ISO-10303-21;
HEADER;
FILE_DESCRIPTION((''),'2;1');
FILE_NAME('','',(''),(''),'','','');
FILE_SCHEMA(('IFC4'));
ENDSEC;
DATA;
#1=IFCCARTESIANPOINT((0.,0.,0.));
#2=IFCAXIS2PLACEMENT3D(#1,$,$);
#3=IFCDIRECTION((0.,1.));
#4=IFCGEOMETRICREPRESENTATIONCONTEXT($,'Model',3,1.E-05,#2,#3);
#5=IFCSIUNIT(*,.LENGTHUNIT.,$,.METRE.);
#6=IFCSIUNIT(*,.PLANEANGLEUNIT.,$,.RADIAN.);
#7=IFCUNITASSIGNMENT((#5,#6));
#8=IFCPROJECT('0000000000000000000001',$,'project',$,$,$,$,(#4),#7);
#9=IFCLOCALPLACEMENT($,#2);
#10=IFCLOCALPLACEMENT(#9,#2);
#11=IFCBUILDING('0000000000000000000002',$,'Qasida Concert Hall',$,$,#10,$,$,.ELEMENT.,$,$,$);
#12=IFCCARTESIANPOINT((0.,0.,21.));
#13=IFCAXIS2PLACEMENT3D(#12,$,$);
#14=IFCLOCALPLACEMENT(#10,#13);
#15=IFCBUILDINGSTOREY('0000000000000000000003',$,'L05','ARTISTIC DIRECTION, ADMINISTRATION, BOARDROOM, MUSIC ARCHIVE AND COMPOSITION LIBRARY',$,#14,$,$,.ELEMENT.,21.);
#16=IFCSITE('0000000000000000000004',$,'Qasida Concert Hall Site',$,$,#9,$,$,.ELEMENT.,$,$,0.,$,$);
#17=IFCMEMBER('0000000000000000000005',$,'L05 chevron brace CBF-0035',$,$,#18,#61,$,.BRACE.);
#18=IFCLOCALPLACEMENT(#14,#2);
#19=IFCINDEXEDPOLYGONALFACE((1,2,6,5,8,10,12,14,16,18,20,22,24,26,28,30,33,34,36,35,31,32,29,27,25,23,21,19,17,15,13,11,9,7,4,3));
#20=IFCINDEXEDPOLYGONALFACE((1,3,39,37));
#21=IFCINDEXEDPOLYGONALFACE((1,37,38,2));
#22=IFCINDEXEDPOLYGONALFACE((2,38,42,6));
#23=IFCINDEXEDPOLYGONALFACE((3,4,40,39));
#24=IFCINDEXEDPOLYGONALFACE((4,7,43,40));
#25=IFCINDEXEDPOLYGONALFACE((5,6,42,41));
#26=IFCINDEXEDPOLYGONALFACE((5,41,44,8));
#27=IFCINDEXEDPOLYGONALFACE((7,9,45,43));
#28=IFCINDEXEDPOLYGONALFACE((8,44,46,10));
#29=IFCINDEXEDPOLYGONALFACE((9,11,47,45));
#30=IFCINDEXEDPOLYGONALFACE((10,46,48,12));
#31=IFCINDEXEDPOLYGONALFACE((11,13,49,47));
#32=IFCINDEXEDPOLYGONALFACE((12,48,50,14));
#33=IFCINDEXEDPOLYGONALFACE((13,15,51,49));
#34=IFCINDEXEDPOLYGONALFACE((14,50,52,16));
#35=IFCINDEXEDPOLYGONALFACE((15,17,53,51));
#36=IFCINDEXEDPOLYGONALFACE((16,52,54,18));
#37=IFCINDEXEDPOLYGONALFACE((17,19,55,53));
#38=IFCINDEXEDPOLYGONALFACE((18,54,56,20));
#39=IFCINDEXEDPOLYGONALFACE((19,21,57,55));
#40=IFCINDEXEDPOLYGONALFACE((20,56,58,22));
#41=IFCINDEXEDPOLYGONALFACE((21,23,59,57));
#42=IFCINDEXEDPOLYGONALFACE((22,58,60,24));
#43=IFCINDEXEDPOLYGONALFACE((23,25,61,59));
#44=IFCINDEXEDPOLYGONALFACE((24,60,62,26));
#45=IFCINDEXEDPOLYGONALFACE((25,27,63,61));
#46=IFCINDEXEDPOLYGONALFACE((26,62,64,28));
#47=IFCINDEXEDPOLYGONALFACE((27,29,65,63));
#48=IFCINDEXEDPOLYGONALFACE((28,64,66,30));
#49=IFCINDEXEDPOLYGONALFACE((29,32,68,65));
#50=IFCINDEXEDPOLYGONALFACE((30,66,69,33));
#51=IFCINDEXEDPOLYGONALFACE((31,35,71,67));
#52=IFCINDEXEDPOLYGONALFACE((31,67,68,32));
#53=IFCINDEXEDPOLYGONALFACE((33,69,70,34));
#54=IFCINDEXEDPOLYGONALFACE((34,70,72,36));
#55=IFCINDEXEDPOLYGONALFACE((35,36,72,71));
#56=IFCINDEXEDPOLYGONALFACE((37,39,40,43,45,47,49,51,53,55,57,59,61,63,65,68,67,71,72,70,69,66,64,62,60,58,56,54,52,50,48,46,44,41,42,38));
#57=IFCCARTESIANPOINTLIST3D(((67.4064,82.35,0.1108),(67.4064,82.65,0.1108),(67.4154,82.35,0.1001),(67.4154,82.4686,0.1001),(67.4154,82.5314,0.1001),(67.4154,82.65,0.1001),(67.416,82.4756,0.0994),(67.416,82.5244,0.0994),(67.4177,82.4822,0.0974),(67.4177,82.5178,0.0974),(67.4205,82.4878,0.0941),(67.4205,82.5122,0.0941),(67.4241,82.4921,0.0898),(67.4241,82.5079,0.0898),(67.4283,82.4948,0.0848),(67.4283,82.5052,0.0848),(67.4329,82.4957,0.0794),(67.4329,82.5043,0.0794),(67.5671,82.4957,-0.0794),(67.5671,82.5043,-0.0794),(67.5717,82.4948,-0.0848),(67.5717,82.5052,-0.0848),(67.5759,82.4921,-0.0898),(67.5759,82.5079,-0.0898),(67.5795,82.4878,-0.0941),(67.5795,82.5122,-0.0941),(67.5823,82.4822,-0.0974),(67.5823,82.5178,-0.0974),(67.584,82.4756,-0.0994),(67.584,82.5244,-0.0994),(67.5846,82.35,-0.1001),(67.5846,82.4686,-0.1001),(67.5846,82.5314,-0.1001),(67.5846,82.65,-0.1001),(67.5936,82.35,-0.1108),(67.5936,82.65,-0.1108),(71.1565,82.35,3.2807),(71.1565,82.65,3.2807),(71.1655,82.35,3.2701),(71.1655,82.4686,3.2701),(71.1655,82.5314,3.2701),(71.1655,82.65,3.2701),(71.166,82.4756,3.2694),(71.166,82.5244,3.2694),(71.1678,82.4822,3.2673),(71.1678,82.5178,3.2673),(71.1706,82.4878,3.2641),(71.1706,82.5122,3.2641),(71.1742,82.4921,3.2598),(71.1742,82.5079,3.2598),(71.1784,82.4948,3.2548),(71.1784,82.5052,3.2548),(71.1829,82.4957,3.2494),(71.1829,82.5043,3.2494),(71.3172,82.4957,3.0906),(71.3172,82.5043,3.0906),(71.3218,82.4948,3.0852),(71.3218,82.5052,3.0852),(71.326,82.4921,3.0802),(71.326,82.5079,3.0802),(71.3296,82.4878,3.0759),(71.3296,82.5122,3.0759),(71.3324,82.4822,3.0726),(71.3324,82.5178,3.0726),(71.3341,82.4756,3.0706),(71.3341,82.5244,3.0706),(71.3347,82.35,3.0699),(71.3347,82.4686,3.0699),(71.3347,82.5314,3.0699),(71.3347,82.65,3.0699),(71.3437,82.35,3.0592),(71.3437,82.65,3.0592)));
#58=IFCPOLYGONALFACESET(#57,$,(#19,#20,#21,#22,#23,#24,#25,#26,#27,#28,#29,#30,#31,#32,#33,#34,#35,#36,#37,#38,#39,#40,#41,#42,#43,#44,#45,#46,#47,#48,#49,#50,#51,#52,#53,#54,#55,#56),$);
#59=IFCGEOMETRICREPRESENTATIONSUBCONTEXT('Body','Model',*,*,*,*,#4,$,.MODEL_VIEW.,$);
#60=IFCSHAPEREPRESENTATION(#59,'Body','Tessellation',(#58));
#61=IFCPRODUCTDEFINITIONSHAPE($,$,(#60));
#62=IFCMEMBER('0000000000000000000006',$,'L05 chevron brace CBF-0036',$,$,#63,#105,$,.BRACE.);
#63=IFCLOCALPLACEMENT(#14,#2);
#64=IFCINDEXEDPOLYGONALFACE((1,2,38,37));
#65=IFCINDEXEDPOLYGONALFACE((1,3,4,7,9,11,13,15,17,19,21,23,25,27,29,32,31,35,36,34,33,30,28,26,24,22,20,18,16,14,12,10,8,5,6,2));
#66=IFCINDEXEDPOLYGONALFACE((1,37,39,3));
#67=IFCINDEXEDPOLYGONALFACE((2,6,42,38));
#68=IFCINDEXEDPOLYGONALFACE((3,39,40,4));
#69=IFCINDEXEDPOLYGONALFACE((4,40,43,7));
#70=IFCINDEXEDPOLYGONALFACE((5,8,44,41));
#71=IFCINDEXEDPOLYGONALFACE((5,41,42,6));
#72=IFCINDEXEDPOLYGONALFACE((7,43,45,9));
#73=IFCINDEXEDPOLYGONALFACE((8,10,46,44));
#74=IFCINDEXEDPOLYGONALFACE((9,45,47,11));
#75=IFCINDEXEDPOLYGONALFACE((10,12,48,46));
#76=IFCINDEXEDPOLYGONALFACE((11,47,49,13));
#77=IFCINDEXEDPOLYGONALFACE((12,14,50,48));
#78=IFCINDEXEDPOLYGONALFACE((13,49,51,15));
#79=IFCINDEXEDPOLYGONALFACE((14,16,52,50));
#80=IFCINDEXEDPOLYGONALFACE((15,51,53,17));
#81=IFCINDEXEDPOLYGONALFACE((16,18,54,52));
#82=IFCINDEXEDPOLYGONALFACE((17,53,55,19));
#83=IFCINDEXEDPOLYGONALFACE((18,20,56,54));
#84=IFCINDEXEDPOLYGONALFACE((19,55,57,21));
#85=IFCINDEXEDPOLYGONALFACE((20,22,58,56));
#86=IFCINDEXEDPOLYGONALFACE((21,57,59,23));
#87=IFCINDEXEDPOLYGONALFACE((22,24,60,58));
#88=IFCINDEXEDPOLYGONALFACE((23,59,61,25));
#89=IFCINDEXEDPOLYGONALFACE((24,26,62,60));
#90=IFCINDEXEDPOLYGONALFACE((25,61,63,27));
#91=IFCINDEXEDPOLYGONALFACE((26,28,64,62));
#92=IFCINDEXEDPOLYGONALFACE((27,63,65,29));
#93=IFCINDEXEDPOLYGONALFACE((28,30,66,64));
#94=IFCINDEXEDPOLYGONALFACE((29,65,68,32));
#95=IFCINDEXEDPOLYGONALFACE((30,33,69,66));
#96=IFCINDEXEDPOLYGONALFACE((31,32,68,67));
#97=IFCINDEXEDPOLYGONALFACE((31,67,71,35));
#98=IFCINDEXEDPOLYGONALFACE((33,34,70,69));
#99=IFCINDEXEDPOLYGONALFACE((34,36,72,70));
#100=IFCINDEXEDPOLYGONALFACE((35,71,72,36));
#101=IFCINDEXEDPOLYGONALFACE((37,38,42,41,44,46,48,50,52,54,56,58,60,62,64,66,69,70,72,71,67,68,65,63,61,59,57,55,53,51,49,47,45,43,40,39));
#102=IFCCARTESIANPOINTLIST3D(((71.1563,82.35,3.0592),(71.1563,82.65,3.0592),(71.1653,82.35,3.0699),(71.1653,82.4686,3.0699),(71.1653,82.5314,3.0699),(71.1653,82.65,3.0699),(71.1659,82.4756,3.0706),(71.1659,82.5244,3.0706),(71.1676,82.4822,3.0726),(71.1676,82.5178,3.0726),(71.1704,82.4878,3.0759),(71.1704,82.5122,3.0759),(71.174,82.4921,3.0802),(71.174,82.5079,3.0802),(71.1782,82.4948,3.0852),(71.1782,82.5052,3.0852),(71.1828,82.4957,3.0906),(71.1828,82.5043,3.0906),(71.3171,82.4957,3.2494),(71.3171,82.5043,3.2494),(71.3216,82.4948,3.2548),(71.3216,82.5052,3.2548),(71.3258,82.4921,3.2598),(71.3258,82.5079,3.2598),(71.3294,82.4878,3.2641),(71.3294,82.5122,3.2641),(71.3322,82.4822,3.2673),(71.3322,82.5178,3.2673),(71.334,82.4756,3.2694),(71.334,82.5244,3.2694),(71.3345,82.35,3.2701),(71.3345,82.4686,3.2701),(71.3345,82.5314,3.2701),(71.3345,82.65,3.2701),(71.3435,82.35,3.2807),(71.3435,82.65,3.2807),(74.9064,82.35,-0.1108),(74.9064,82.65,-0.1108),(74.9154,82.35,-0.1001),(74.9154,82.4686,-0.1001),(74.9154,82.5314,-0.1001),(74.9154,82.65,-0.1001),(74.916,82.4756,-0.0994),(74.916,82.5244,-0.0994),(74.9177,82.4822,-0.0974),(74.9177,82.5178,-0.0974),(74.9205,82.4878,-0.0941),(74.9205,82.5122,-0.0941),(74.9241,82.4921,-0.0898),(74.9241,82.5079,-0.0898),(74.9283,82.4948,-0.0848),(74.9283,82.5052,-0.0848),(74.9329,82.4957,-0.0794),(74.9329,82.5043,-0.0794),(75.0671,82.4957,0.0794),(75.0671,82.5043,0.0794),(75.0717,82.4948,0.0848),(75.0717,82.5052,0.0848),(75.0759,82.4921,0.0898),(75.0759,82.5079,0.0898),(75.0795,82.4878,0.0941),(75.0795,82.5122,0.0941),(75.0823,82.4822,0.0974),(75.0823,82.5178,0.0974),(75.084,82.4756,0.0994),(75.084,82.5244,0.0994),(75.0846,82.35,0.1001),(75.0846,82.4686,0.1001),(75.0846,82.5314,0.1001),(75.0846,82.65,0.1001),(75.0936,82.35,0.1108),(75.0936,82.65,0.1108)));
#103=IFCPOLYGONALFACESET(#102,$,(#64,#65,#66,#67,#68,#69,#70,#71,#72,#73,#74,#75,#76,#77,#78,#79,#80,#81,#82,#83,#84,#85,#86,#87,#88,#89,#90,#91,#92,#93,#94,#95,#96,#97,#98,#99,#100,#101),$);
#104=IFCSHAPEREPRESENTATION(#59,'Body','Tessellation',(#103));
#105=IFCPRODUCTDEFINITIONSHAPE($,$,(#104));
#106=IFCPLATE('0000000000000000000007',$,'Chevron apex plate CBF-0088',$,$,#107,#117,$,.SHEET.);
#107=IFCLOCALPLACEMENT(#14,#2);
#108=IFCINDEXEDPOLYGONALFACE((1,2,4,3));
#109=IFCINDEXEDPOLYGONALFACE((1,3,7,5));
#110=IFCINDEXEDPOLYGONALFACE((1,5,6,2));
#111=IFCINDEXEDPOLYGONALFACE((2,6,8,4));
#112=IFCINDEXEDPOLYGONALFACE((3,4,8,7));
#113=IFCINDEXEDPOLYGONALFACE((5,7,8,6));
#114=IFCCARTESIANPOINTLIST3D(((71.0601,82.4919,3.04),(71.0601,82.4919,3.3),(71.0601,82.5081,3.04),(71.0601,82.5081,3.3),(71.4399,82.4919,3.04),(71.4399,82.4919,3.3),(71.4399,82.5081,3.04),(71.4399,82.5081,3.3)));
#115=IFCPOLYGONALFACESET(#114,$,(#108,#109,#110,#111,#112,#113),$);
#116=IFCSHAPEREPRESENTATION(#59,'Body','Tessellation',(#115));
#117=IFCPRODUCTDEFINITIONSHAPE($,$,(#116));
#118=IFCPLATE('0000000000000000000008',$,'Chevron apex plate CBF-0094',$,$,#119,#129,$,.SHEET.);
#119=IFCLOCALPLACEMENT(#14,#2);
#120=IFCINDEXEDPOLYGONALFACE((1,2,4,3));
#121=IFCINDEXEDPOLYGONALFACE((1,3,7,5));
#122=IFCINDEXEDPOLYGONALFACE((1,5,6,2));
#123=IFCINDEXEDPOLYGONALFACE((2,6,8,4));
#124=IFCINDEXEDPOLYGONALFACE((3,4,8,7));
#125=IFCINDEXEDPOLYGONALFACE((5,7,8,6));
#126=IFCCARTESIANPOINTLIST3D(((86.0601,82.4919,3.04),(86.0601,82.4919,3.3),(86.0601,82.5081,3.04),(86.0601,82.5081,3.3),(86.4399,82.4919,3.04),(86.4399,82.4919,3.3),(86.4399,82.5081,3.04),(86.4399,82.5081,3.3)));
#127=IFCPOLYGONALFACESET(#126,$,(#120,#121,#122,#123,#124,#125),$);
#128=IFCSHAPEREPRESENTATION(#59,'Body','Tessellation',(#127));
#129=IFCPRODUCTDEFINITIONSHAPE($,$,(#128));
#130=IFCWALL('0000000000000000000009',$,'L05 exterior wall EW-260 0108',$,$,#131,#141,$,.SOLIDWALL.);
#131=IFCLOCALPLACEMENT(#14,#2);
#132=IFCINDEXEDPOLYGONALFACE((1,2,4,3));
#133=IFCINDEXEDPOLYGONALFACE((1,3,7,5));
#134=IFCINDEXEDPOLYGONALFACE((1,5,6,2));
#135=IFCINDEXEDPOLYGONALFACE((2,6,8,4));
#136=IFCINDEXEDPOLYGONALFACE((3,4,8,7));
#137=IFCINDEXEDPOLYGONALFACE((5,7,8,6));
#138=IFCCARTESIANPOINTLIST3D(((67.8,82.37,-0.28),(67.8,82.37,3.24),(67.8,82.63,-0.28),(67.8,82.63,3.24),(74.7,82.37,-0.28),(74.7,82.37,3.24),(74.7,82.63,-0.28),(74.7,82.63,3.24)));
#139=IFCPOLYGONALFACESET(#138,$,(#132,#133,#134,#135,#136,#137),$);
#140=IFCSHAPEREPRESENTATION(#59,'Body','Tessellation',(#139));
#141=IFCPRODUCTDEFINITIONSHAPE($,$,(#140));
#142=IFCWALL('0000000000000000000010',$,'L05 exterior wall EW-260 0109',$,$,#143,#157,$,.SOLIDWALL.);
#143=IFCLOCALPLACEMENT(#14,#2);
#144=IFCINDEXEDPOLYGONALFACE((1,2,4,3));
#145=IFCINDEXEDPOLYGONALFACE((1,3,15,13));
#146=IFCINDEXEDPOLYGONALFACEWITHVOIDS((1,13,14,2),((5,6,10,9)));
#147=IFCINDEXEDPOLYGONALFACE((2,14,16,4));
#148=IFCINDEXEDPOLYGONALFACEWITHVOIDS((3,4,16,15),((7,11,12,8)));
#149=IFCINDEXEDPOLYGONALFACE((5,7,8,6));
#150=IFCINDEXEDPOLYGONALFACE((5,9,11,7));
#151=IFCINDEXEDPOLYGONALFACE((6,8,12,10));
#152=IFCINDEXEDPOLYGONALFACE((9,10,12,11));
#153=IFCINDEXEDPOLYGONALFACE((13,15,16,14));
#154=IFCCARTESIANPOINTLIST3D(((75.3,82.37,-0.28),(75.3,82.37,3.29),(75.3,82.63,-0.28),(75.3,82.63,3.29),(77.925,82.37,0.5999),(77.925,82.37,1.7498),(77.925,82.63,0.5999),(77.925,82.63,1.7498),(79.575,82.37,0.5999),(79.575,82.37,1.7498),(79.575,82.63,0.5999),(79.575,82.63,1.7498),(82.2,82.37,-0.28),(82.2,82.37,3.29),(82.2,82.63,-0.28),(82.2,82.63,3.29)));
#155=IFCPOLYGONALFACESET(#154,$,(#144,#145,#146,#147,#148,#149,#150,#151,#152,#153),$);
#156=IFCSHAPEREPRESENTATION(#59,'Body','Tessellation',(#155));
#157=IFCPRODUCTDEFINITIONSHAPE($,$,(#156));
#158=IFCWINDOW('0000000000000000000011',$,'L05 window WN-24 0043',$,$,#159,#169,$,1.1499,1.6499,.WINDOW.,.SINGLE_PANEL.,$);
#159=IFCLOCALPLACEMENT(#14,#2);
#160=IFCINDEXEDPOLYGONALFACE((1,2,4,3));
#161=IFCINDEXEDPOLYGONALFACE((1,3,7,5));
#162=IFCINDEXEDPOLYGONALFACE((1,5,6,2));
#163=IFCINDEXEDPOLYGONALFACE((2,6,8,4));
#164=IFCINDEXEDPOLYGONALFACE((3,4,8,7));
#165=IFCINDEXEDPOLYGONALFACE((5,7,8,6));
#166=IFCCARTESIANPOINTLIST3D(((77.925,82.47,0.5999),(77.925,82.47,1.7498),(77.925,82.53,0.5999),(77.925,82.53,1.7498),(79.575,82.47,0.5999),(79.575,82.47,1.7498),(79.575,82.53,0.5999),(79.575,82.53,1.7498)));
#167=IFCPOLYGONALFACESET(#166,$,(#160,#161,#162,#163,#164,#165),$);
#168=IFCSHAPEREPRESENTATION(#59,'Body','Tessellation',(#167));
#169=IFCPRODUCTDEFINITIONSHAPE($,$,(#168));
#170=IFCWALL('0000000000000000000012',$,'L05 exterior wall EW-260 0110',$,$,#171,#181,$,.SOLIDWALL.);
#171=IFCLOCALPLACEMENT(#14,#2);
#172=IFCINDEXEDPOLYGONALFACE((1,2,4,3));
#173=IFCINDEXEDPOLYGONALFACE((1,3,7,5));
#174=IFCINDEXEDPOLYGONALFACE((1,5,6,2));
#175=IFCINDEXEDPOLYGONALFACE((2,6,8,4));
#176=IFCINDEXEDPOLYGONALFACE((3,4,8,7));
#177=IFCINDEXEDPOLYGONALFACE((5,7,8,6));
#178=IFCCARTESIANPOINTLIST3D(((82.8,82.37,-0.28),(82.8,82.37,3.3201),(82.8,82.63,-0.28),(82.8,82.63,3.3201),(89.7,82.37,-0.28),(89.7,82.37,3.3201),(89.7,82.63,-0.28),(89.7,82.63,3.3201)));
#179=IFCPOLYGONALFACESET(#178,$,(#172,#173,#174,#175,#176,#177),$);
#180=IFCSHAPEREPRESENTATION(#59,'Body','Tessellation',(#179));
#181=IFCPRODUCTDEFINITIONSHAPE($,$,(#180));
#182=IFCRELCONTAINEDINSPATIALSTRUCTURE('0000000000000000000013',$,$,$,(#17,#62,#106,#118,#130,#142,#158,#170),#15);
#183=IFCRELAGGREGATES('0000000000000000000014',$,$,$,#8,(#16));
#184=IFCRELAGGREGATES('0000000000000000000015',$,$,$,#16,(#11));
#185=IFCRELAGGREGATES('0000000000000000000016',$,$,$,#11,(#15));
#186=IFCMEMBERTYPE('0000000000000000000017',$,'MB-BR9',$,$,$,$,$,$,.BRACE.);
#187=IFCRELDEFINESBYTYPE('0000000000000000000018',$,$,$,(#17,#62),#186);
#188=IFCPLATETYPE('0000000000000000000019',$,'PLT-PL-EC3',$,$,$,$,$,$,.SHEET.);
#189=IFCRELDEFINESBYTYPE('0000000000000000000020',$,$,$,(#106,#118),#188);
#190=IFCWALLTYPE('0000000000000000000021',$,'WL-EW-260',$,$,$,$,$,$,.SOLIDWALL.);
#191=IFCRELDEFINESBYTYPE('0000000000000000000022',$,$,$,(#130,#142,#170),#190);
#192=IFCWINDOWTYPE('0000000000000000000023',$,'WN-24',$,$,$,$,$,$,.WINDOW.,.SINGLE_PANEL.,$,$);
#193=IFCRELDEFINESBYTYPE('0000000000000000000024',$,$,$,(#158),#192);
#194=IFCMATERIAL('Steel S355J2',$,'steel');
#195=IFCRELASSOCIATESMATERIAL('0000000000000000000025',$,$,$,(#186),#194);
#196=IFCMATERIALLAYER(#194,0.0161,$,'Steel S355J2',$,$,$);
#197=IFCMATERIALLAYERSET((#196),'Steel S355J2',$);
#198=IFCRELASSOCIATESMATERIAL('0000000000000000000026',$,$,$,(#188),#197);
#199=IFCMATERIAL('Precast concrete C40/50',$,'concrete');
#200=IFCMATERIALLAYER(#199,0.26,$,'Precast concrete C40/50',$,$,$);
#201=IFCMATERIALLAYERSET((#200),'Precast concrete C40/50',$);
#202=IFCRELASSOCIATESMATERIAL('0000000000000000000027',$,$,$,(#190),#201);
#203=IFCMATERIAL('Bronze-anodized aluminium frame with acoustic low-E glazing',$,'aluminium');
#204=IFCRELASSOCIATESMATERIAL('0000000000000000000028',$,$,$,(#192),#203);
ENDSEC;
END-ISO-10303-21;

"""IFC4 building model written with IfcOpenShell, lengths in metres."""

from ifc_helpers import new_model, si_unit, direction, frame, frame_2d, origin, origin_2d, place, context, subcontext, project, spatial, rectangle, i_section, extrude, material, layer, layer_set, material_profile, profile_set, type_object, element, fill, save


model = new_model("IFC4")

# Units and contexts
model_context = context("Model", 3, precision=1e-05, world=origin(), true_north=direction((0.0, 1.0)))
body_context = subcontext(model_context, "Body", "Model", "MODEL_VIEW")
ifc_project = project(units=[si_unit("LENGTHUNIT", "METRE"), si_unit("PLANEANGLEUNIT", "RADIAN")], contexts=[model_context])

# Site, building, storey
site_placement = place(None, origin())
site = spatial("IfcSite", under=ifc_project, at=site_placement, Name="Qasida Concert Hall Site", CompositionType="ELEMENT", RefElevation=0.0)
building_placement = place(site_placement, origin())
building = spatial("IfcBuilding", under=site, at=building_placement, Name="Qasida Concert Hall", CompositionType="ELEMENT")
storey_placement = place(building_placement, frame((0.0, 0.0, 21.0)))
storey = spatial("IfcBuildingStorey", under=building, at=storey_placement, Name="L05", Description="ARTISTIC DIRECTION, ADMINISTRATION, BOARDROOM, MUSIC ARCHIVE AND COMPOSITION LIBRARY", CompositionType="ELEMENT", Elevation=21.0)

# Members
ifc_material_1 = material(Name="Steel S355J2", Category="steel")
ifc_material_profile_1 = material_profile(ifc_material_1, i_section(OverallWidth=0.3, OverallDepth=0.29, WebThickness=0.0085, FlangeThickness=0.0139, FilletRadius=0.0271, at=origin_2d()), Name="HEA 300")
ifc_profile_set_1 = profile_set([ifc_material_profile_1], Name="Steel S355J2")
member_type_1 = type_object("IfcMemberType", Name="MB-BR9", PredefinedType="BRACE", material=ifc_profile_set_1)
for number, where, z_axis, x_axis, name in (
    (1, (67.5, 82.5, 0.0), (0.763703, 0.0, 0.645568), (0.0, 1.0, 0.0), "L05 chevron brace CBF-0035"),
    (2, (75.0, 82.5, 0.0), (-0.763703, 0.0, 0.645568), (0.0, -1.0, 0.0), "L05 chevron brace CBF-0036"),
):
    element("IfcMember", number, at=place(storey_placement, frame(where, z_axis=z_axis, x_axis=x_axis)), inside=storey, type_object=member_type_1, Name=name, PredefinedType="BRACE", context=body_context, shape_type="SweptSolid", body=[
        extrude(i_section(OverallWidth=0.3, OverallDepth=0.29, WebThickness=0.0085, FlangeThickness=0.0139, FilletRadius=0.0271, at=origin_2d()), origin(), (0.0, 0.0, 1.0), 4.9104),
    ])

# Plates
ifc_layer_1 = layer(ifc_material_1, 0.0161, Name="Steel S355J2")
ifc_layer_set_1 = layer_set([ifc_layer_1], Name="Steel S355J2")
plate_type = type_object("IfcPlateType", Name="PLT-PL-EC3", PredefinedType="SHEET", material=ifc_layer_set_1)
for number, where, z_axis, x_axis, name in (
    (3, (71.25, 82.5, 3.04), (0.0, 0.0, 1.0), (1.0, 0.0, 0.0), "Chevron apex plate CBF-0088"),
    (4, (86.25, 82.5, 3.04), (0.0, 0.0, 1.0), (1.0, 0.0, 0.0), "Chevron apex plate CBF-0094"),
):
    element("IfcPlate", number, at=place(storey_placement, frame(where, z_axis=z_axis, x_axis=x_axis)), inside=storey, type_object=plate_type, Name=name, PredefinedType="SHEET", context=body_context, shape_type="SweptSolid", body=[
        extrude(rectangle(XDim=0.3799, YDim=0.0161, at=origin_2d()), origin(), (0.0, 0.0, 1.0), 0.26),
    ])

# Wall
ifc_material_2 = material(Name="Precast concrete C40/50", Category="concrete")
ifc_layer_2 = layer(ifc_material_2, 0.26, Name="Precast concrete C40/50")
ifc_layer_set_2 = layer_set([ifc_layer_2], Name="Precast concrete C40/50")
wall_type = type_object("IfcWallType", Name="WL-EW-260", PredefinedType="SOLIDWALL", material=ifc_layer_set_2)
wall_1_placement = place(storey_placement, frame((67.8, 82.5, -0.28), z_axis=(0.0, 0.0, 1.0), x_axis=(1.0, 0.0, 0.0)))
element("IfcWall", 5, at=wall_1_placement, inside=storey, type_object=wall_type, Name="L05 exterior wall EW-260 0108", PredefinedType="SOLIDWALL", context=body_context, shape_type="SweptSolid", body=[
    extrude(rectangle(XDim=6.8999, YDim=0.26, at=frame_2d((3.45, 0.0))), origin(), (0.0, 0.0, 1.0), 3.52),
])

# Wall, opening, window
wall_2_placement = place(storey_placement, frame((75.3, 82.5, -0.28), z_axis=(0.0, 0.0, 1.0), x_axis=(1.0, 0.0, 0.0)))
wall_2 = element("IfcWall", 6, at=wall_2_placement, inside=storey, type_object=wall_type, Name="L05 exterior wall EW-260 0109", PredefinedType="SOLIDWALL", context=body_context, shape_type="SweptSolid", body=[
    extrude(rectangle(XDim=6.8999, YDim=0.26, at=frame_2d((3.45, 0.0))), origin(), (0.0, 0.0, 1.0), 3.5701),
])
opening_1_placement = place(wall_2_placement, frame((2.625, 0.0, 0.8799)))
opening_1 = element("IfcOpeningElement", 7, at=opening_1_placement, cuts=wall_2, PredefinedType="OPENING", context=body_context, shape_type="SweptSolid", body=[
    extrude(rectangle(XDim=1.6499, YDim=1.1499, at=frame_2d((0.825, 0.575))), frame((0.0, 0.1399, 0.0), z_axis=(0.0, -1.0, 0.0), x_axis=(1.0, 0.0, 0.0)), (0.0, 0.0, 1.0), 0.28),
])
ifc_material_3 = material(Name="Bronze-anodized aluminium frame with acoustic low-E glazing", Category="aluminium")
window_type_1 = type_object("IfcWindowType", Name="WN-24", PartitioningType="SINGLE_PANEL", PredefinedType="WINDOW", material=ifc_material_3)
window_1_placement = place(opening_1_placement, origin())
window_1 = element("IfcWindow", 8, at=window_1_placement, inside=storey, type_object=window_type_1, Name="L05 window WN-24 0043", OverallHeight=1.1499, OverallWidth=1.6499, PartitioningType="SINGLE_PANEL", PredefinedType="WINDOW", context=body_context, shape_type="SweptSolid", body=[
    extrude(rectangle(XDim=1.6499, YDim=1.1499, at=frame_2d((0.825, 0.575))), frame((0.0, 0.03, 0.0), z_axis=(0.0, -1.0, 0.0), x_axis=(1.0, 0.0, 0.0)), (0.0, 0.0, 1.0), 0.0601),
])
fill(opening_1, window_1)

# Wall
wall_3_placement = place(storey_placement, frame((82.8, 82.5, -0.28), z_axis=(0.0, 0.0, 1.0), x_axis=(1.0, 0.0, 0.0)))
element("IfcWall", 9, at=wall_3_placement, inside=storey, type_object=wall_type, Name="L05 exterior wall EW-260 0110", PredefinedType="SOLIDWALL", context=body_context, shape_type="SweptSolid", body=[
    extrude(rectangle(XDim=6.8999, YDim=0.26, at=frame_2d((3.45, 0.0))), origin(), (0.0, 0.0, 1.0), 3.6001),
])

save(model, "model.ifc")
